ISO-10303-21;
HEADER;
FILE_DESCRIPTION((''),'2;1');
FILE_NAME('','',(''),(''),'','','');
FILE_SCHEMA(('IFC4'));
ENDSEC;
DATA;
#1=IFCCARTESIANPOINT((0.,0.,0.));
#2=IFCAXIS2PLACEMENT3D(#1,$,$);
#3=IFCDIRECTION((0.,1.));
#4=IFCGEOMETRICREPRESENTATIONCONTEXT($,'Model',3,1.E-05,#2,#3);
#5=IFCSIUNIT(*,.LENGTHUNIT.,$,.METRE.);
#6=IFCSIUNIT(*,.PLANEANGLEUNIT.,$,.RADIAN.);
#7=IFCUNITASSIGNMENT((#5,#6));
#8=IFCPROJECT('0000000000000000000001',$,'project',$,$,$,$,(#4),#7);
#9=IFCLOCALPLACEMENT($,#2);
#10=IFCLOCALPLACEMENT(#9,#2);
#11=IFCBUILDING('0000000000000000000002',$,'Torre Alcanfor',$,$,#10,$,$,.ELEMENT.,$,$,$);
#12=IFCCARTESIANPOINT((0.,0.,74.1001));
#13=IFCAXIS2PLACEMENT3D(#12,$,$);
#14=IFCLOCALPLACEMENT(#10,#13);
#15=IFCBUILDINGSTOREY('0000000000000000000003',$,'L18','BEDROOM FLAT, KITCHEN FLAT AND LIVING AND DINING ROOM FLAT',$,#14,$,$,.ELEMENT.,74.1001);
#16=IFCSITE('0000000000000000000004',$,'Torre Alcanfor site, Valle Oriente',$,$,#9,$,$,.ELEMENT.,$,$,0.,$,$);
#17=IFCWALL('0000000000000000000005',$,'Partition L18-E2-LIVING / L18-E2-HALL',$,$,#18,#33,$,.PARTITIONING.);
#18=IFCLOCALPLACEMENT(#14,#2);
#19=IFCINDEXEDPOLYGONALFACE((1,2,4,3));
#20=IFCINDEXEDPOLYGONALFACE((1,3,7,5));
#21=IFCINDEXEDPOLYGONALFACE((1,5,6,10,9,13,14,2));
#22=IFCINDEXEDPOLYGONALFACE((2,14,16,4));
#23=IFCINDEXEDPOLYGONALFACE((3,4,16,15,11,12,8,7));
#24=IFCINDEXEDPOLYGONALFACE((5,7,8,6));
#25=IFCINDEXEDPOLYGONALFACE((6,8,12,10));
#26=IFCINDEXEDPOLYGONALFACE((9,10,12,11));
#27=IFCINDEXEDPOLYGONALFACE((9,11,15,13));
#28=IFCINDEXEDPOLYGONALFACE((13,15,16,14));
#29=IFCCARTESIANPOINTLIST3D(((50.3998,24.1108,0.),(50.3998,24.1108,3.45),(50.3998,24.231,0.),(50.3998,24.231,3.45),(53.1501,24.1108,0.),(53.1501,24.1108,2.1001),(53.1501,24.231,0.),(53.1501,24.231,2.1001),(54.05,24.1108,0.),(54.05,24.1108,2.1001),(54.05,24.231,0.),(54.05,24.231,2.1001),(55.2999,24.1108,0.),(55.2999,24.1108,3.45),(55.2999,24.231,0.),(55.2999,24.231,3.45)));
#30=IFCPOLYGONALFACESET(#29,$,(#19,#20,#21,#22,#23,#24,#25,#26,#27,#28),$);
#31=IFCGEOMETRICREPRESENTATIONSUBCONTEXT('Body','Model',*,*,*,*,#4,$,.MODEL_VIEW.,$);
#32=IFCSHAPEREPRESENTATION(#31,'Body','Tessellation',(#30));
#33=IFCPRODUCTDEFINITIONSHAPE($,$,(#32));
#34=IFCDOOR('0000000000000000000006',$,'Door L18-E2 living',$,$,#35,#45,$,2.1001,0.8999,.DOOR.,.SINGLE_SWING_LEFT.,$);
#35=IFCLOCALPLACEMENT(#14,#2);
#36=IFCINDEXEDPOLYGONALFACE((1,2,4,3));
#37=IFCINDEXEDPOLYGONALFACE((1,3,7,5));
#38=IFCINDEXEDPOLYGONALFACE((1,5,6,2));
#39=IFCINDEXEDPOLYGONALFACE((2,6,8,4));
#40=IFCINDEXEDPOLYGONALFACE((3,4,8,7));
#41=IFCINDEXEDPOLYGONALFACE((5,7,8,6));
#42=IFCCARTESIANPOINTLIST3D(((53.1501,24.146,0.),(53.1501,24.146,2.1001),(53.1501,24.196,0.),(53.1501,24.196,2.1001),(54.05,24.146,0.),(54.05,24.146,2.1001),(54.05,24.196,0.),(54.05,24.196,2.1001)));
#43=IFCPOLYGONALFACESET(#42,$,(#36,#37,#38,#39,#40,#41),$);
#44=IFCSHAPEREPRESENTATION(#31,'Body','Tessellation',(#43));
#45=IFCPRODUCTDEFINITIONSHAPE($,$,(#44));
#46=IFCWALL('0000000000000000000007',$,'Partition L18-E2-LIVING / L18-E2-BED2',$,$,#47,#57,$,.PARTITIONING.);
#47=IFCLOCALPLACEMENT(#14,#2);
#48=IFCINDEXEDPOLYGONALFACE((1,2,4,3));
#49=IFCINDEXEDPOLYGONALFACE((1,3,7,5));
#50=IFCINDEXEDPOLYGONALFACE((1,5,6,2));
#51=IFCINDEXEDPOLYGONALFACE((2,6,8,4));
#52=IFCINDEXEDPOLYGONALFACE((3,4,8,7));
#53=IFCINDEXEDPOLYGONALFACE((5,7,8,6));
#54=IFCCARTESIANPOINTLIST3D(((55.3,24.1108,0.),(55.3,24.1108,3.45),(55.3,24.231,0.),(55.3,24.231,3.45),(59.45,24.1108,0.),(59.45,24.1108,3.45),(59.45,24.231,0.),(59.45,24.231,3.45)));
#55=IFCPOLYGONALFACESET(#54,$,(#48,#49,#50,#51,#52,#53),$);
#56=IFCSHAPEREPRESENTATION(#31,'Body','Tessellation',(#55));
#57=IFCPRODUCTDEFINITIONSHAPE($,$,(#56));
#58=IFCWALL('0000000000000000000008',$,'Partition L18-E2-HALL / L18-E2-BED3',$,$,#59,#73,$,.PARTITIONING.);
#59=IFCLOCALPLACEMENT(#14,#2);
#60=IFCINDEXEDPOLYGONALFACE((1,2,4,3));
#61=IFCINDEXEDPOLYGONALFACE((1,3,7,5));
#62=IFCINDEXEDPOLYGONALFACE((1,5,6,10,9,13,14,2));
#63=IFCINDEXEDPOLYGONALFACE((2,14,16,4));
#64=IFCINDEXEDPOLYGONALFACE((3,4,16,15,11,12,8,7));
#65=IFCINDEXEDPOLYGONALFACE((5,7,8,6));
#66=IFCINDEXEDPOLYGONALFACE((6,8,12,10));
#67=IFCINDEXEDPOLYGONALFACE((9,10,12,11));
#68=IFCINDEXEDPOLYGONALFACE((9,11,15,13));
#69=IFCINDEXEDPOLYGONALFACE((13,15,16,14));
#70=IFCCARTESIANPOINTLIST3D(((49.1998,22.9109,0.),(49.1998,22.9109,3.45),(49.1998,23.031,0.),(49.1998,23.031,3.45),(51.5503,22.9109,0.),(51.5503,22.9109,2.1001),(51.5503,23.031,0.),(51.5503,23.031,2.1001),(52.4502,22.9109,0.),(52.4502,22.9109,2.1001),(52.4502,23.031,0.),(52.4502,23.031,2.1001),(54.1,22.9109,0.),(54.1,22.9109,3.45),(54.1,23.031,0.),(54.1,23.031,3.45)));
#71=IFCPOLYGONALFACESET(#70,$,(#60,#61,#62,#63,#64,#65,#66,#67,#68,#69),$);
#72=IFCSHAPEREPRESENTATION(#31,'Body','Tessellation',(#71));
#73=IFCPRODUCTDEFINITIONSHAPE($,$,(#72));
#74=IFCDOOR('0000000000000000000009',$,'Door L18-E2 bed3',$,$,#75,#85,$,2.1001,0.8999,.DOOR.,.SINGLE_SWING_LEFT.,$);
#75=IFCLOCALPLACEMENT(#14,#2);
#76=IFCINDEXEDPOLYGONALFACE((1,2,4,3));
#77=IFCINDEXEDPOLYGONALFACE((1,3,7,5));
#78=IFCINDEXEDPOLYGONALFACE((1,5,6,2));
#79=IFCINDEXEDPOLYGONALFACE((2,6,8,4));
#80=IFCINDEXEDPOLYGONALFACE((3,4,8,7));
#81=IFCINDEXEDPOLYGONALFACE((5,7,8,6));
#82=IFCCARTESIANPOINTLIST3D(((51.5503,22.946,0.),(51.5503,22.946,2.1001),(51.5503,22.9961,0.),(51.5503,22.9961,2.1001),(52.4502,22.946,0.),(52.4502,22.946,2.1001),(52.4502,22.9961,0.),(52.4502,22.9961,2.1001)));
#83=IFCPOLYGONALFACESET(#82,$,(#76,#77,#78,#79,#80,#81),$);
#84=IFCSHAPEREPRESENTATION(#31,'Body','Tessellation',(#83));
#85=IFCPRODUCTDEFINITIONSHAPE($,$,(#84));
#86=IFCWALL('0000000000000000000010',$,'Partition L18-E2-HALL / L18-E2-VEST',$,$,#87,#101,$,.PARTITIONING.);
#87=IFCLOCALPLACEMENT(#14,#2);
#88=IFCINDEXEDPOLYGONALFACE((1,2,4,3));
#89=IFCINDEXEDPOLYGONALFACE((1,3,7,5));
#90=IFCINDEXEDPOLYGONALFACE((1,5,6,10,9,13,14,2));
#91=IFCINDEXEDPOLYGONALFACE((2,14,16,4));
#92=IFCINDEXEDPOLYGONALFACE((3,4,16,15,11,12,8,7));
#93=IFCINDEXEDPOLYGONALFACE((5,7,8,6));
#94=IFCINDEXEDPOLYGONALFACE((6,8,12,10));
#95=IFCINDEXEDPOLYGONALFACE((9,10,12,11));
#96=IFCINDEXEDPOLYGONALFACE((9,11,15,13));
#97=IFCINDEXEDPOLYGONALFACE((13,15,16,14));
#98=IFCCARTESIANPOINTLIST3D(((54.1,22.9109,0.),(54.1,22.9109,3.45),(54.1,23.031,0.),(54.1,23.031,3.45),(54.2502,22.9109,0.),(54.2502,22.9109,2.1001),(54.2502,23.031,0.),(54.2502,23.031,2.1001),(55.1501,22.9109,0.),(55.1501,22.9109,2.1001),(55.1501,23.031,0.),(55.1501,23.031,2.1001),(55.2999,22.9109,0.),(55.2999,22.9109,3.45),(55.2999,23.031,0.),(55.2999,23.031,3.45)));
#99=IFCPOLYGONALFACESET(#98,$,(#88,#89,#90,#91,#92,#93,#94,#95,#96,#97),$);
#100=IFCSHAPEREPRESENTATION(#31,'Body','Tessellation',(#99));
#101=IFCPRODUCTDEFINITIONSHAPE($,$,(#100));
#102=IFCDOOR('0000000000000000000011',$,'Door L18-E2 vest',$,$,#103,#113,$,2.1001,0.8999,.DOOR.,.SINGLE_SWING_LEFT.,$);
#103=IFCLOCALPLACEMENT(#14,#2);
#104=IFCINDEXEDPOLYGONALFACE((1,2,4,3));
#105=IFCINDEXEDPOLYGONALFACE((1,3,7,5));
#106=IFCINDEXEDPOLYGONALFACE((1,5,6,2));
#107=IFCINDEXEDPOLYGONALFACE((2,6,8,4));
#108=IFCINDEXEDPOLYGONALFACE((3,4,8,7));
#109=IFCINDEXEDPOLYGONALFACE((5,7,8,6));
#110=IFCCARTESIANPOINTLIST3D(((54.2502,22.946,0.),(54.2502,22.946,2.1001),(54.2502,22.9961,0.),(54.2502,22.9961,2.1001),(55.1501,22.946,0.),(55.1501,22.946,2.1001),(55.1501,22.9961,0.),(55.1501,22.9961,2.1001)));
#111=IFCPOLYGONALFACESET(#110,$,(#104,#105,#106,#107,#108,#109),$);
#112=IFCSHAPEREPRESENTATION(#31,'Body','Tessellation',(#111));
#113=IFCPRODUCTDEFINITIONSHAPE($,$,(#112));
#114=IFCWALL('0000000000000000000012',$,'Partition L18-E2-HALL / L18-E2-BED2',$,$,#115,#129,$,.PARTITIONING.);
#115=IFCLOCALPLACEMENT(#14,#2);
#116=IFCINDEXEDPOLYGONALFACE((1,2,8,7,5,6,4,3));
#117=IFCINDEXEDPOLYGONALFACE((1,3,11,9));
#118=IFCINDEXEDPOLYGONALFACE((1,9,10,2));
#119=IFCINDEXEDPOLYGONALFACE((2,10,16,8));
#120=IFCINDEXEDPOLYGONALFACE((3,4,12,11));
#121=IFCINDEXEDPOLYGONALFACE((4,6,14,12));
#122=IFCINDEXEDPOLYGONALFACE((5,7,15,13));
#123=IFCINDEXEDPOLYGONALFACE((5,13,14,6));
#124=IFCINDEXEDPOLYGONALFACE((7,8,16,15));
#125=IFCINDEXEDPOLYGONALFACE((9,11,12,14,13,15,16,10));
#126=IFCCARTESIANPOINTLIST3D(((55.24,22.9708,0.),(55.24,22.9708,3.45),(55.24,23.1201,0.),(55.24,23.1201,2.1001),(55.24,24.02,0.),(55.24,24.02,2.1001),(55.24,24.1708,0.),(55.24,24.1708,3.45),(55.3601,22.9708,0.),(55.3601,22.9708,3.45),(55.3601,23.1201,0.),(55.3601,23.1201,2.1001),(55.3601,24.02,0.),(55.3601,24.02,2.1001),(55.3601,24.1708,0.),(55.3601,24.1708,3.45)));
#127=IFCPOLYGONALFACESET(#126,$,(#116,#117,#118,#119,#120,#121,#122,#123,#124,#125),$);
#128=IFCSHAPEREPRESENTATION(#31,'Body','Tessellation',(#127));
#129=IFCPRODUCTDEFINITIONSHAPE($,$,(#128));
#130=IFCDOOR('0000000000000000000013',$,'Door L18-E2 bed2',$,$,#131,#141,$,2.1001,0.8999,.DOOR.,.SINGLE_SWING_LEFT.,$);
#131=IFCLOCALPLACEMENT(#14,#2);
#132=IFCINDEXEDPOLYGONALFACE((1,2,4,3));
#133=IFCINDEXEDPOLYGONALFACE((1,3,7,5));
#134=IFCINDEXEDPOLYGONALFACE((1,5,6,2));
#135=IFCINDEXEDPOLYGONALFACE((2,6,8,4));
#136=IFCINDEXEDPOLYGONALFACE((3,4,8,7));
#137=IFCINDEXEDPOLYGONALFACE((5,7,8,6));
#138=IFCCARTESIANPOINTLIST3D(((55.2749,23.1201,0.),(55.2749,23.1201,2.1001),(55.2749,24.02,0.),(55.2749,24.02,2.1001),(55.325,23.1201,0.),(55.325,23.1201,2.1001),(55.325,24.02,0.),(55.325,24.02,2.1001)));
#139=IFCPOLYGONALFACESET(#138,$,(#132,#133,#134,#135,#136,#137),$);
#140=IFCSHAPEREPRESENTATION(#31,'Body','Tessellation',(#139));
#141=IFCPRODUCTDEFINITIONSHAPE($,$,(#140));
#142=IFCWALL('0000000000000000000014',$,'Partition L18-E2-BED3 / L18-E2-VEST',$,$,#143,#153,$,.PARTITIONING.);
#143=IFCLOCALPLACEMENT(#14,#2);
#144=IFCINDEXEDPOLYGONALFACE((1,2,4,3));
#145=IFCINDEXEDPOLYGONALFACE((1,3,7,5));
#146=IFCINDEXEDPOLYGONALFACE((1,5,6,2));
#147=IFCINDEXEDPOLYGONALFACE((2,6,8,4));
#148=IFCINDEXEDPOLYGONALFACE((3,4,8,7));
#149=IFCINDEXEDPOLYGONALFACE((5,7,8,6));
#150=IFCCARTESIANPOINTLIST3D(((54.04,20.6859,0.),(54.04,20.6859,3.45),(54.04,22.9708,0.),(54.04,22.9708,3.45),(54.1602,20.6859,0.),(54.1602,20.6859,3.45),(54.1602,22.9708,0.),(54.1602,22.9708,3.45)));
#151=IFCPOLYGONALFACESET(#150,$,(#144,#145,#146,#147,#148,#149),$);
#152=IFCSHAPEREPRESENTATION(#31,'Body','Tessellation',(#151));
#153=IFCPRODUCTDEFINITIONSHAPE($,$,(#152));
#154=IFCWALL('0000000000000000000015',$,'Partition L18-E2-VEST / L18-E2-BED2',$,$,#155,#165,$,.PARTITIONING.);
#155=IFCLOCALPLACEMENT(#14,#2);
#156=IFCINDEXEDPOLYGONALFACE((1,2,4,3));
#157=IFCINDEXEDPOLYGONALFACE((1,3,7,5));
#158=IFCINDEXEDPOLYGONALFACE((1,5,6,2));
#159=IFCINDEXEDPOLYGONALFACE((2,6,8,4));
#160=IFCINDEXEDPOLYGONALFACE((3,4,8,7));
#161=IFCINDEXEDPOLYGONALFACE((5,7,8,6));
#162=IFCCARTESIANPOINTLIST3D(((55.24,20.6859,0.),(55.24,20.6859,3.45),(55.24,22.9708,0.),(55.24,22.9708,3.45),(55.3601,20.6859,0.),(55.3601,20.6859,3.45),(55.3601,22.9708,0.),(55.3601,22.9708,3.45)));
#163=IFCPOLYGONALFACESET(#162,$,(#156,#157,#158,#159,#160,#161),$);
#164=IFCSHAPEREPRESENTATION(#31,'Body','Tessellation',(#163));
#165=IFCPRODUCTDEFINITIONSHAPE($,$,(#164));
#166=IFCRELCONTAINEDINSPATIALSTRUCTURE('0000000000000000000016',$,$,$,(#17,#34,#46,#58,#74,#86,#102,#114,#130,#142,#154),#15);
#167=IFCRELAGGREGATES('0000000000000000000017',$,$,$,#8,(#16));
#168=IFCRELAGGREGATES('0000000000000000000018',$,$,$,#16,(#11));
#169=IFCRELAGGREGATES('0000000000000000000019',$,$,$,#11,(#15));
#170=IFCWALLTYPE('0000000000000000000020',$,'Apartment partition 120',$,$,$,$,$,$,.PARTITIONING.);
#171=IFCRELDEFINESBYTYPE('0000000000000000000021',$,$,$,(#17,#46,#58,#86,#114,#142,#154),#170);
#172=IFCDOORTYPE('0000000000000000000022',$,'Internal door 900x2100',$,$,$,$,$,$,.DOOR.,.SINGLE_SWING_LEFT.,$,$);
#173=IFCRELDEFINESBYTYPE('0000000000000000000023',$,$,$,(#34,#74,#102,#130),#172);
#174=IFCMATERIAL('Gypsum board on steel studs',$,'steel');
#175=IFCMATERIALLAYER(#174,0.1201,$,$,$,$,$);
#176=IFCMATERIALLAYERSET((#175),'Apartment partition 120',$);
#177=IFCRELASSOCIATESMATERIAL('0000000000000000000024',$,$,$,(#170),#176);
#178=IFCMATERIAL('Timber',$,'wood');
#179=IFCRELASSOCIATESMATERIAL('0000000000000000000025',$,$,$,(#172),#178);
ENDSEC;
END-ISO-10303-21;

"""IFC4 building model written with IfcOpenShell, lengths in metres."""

from ifc_helpers import new_model, si_unit, direction, frame, frame_2d, origin, place, context, subcontext, project, spatial, rectangle, extrude, material, layer, layer_set, type_object, element, fill, save


model = new_model("IFC4")

# Units and contexts
model_context = context("Model", 3, precision=1e-05, world=origin(), true_north=direction((0.0, 1.0)))
body_context = subcontext(model_context, "Body", "Model", "MODEL_VIEW")
ifc_project = project(units=[si_unit("LENGTHUNIT", "METRE"), si_unit("PLANEANGLEUNIT", "RADIAN")], contexts=[model_context])

# Site, building, storey
site_placement = place(None, origin())
site = spatial("IfcSite", under=ifc_project, at=site_placement, Name="Torre Alcanfor site, Valle Oriente", CompositionType="ELEMENT", RefElevation=0.0)
building_placement = place(site_placement, origin())
building = spatial("IfcBuilding", under=site, at=building_placement, Name="Torre Alcanfor", CompositionType="ELEMENT")
storey_placement = place(building_placement, frame((0.0, 0.0, 74.1001)))
storey = spatial("IfcBuildingStorey", under=building, at=storey_placement, Name="L18", Description="BEDROOM FLAT, KITCHEN FLAT AND LIVING AND DINING ROOM FLAT", CompositionType="ELEMENT", Elevation=74.1001)

# Wall, opening, door
ifc_material_1 = material(Name="Gypsum board on steel studs", Category="steel")
ifc_layer_1 = layer(ifc_material_1, 0.1201)
ifc_layer_set_1 = layer_set([ifc_layer_1], Name="Apartment partition 120")
wall_type = type_object("IfcWallType", Name="Apartment partition 120", PredefinedType="PARTITIONING", material=ifc_layer_set_1)
wall_1_placement = place(storey_placement, frame((55.3, 24.1709, 0.0), z_axis=(0.0, 0.0, 1.0), x_axis=(-1.0, 0.0, 0.0)))
wall_1 = element("IfcWall", 1, at=wall_1_placement, inside=storey, type_object=wall_type, Name="Partition L18-E2-LIVING / L18-E2-HALL", PredefinedType="PARTITIONING", context=body_context, shape_type="SweptSolid", body=[
    extrude(rectangle(XDim=4.9001, YDim=0.1201, at=frame_2d((2.4502, 0.0))), origin(), (0.0, 0.0, 1.0), 3.45),
])
opening_1_placement = place(wall_1_placement, frame((1.25, 0.0, 0.0)))
opening_1 = element("IfcOpeningElement", 2, at=opening_1_placement, cuts=wall_1, PredefinedType="OPENING", context=body_context, shape_type="SweptSolid", body=[
    extrude(rectangle(XDim=0.8999, YDim=2.1001, at=frame_2d((0.45, 1.05))), frame((0.0, 0.0701, 0.0), z_axis=(0.0, -1.0, 0.0), x_axis=(1.0, 0.0, 0.0)), (0.0, 0.0, 1.0), 0.1401),
])
ifc_material_2 = material(Name="Timber", Category="wood")
door_type = type_object("IfcDoorType", Name="Internal door 900x2100", OperationType="SINGLE_SWING_LEFT", PredefinedType="DOOR", material=ifc_material_2)
door_1_placement = place(opening_1_placement, frame((0.8999, 0.0, 0.0), z_axis=(0.0, 0.0, 1.0), x_axis=(-1.0, 0.0, 0.0)))
door_1 = element("IfcDoor", 3, at=door_1_placement, inside=storey, type_object=door_type, Name="Door L18-E2 living", OperationType="SINGLE_SWING_LEFT", OverallHeight=2.1001, OverallWidth=0.8999, PredefinedType="DOOR", context=body_context, shape_type="SweptSolid", body=[
    extrude(rectangle(XDim=0.8999, YDim=2.1001, at=frame_2d((0.45, 1.05))), frame((0.0, 0.0251, 0.0), z_axis=(0.0, -1.0, 0.0), x_axis=(1.0, 0.0, 0.0)), (0.0, 0.0, 1.0), 0.05),
])
fill(opening_1, door_1)

# Wall
wall_2_placement = place(storey_placement, frame((59.45, 24.1709, 0.0), z_axis=(0.0, 0.0, 1.0), x_axis=(-1.0, 0.0, 0.0)))
element("IfcWall", 4, at=wall_2_placement, inside=storey, type_object=wall_type, Name="Partition L18-E2-LIVING / L18-E2-BED2", PredefinedType="PARTITIONING", context=body_context, shape_type="SweptSolid", body=[
    extrude(rectangle(XDim=4.1499, YDim=0.1201, at=frame_2d((2.075, 0.0))), origin(), (0.0, 0.0, 1.0), 3.45),
])

# Walls, openings, doors
wall_3_placement = place(storey_placement, frame((54.1001, 22.9709, 0.0), z_axis=(0.0, 0.0, 1.0), x_axis=(-1.0, 0.0, 0.0)))
wall_3 = element("IfcWall", 5, at=wall_3_placement, inside=storey, type_object=wall_type, Name="Partition L18-E2-HALL / L18-E2-BED3", PredefinedType="PARTITIONING", context=body_context, shape_type="SweptSolid", body=[
    extrude(rectangle(XDim=4.9001, YDim=0.1201, at=frame_2d((2.4502, 0.0))), origin(), (0.0, 0.0, 1.0), 3.45),
])
opening_2_placement = place(wall_3_placement, frame((1.6499, 0.0, 0.0)))
opening_2 = element("IfcOpeningElement", 6, at=opening_2_placement, cuts=wall_3, PredefinedType="OPENING", context=body_context, shape_type="SweptSolid", body=[
    extrude(rectangle(XDim=0.8999, YDim=2.1001, at=frame_2d((0.45, 1.05))), frame((0.0, 0.0701, 0.0), z_axis=(0.0, -1.0, 0.0), x_axis=(1.0, 0.0, 0.0)), (0.0, 0.0, 1.0), 0.1401),
])
door_2_placement = place(opening_2_placement, origin())
door_2 = element("IfcDoor", 7, at=door_2_placement, inside=storey, type_object=door_type, Name="Door L18-E2 bed3", OperationType="SINGLE_SWING_LEFT", OverallHeight=2.1001, OverallWidth=0.8999, PredefinedType="DOOR", context=body_context, shape_type="SweptSolid", body=[
    extrude(rectangle(XDim=0.8999, YDim=2.1001, at=frame_2d((0.45, 1.05))), frame((0.0, 0.0249, 0.0), z_axis=(0.0, -1.0, 0.0), x_axis=(1.0, 0.0, 0.0)), (0.0, 0.0, 1.0), 0.05),
])
fill(opening_2, door_2)
wall_4_placement = place(storey_placement, frame((55.3, 22.9709, 0.0), z_axis=(0.0, 0.0, 1.0), x_axis=(-1.0, 0.0, 0.0)))
wall_4 = element("IfcWall", 8, at=wall_4_placement, inside=storey, type_object=wall_type, Name="Partition L18-E2-HALL / L18-E2-VEST", PredefinedType="PARTITIONING", context=body_context, shape_type="SweptSolid", body=[
    extrude(rectangle(XDim=1.2, YDim=0.1201, at=frame_2d((0.6001, 0.0))), origin(), (0.0, 0.0, 1.0), 3.45),
])
opening_3_placement = place(wall_4_placement, frame((0.1499, 0.0, 0.0)))
opening_3 = element("IfcOpeningElement", 9, at=opening_3_placement, cuts=wall_4, PredefinedType="OPENING", context=body_context, shape_type="SweptSolid", body=[
    extrude(rectangle(XDim=0.8999, YDim=2.1001, at=frame_2d((0.45, 1.05))), frame((0.0, 0.0701, 0.0), z_axis=(0.0, -1.0, 0.0), x_axis=(1.0, 0.0, 0.0)), (0.0, 0.0, 1.0), 0.1401),
])
door_3_placement = place(opening_3_placement, origin())
door_3 = element("IfcDoor", 10, at=door_3_placement, inside=storey, type_object=door_type, Name="Door L18-E2 vest", OperationType="SINGLE_SWING_LEFT", OverallHeight=2.1001, OverallWidth=0.8999, PredefinedType="DOOR", context=body_context, shape_type="SweptSolid", body=[
    extrude(rectangle(XDim=0.8999, YDim=2.1001, at=frame_2d((0.45, 1.05))), frame((0.0, 0.0249, 0.0), z_axis=(0.0, -1.0, 0.0), x_axis=(1.0, 0.0, 0.0)), (0.0, 0.0, 1.0), 0.05),
])
fill(opening_3, door_3)
wall_5_placement = place(storey_placement, frame((55.3, 24.1709, 0.0), z_axis=(0.0, 0.0, 1.0), x_axis=(0.0, -1.0, 0.0)))
wall_5 = element("IfcWall", 11, at=wall_5_placement, inside=storey, type_object=wall_type, Name="Partition L18-E2-HALL / L18-E2-BED2", PredefinedType="PARTITIONING", context=body_context, shape_type="SweptSolid", body=[
    extrude(rectangle(XDim=1.2, YDim=0.1201, at=frame_2d((0.6001, 0.0))), origin(), (0.0, 0.0, 1.0), 3.45),
])
opening_4_placement = place(wall_5_placement, frame((0.1509, 0.0, 0.0)))
opening_4 = element("IfcOpeningElement", 12, at=opening_4_placement, cuts=wall_5, PredefinedType="OPENING", context=body_context, shape_type="SweptSolid", body=[
    extrude(rectangle(XDim=0.8999, YDim=2.1001, at=frame_2d((0.45, 1.05))), frame((0.0, 0.0701, 0.0), z_axis=(0.0, -1.0, 0.0), x_axis=(1.0, 0.0, 0.0)), (0.0, 0.0, 1.0), 0.1401),
])
door_4_placement = place(opening_4_placement, origin())
door_4 = element("IfcDoor", 13, at=door_4_placement, inside=storey, type_object=door_type, Name="Door L18-E2 bed2", OperationType="SINGLE_SWING_LEFT", OverallHeight=2.1001, OverallWidth=0.8999, PredefinedType="DOOR", context=body_context, shape_type="SweptSolid", body=[
    extrude(rectangle(XDim=0.8999, YDim=2.1001, at=frame_2d((0.45, 1.05))), frame((0.0, 0.0249, 0.0), z_axis=(0.0, -1.0, 0.0), x_axis=(1.0, 0.0, 0.0)), (0.0, 0.0, 1.0), 0.05),
])
fill(opening_4, door_4)

# Walls
for number, where, z_axis, x_axis, name in (
    (14, (54.1001, 22.9709, 0.0), (0.0, 0.0, 1.0), (0.0, -1.0, 0.0), "Partition L18-E2-BED3 / L18-E2-VEST"),
    (15, (55.3, 22.9709, 0.0), (0.0, 0.0, 1.0), (0.0, -1.0, 0.0), "Partition L18-E2-VEST / L18-E2-BED2"),
):
    element("IfcWall", number, at=place(storey_placement, frame(where, z_axis=z_axis, x_axis=x_axis)), inside=storey, type_object=wall_type, Name=name, PredefinedType="PARTITIONING", context=body_context, shape_type="SweptSolid", body=[
        extrude(rectangle(XDim=2.2849, YDim=0.1201, at=frame_2d((1.1426, 0.0))), origin(), (0.0, 0.0, 1.0), 3.45),
    ])

save(model, "model.ifc")
